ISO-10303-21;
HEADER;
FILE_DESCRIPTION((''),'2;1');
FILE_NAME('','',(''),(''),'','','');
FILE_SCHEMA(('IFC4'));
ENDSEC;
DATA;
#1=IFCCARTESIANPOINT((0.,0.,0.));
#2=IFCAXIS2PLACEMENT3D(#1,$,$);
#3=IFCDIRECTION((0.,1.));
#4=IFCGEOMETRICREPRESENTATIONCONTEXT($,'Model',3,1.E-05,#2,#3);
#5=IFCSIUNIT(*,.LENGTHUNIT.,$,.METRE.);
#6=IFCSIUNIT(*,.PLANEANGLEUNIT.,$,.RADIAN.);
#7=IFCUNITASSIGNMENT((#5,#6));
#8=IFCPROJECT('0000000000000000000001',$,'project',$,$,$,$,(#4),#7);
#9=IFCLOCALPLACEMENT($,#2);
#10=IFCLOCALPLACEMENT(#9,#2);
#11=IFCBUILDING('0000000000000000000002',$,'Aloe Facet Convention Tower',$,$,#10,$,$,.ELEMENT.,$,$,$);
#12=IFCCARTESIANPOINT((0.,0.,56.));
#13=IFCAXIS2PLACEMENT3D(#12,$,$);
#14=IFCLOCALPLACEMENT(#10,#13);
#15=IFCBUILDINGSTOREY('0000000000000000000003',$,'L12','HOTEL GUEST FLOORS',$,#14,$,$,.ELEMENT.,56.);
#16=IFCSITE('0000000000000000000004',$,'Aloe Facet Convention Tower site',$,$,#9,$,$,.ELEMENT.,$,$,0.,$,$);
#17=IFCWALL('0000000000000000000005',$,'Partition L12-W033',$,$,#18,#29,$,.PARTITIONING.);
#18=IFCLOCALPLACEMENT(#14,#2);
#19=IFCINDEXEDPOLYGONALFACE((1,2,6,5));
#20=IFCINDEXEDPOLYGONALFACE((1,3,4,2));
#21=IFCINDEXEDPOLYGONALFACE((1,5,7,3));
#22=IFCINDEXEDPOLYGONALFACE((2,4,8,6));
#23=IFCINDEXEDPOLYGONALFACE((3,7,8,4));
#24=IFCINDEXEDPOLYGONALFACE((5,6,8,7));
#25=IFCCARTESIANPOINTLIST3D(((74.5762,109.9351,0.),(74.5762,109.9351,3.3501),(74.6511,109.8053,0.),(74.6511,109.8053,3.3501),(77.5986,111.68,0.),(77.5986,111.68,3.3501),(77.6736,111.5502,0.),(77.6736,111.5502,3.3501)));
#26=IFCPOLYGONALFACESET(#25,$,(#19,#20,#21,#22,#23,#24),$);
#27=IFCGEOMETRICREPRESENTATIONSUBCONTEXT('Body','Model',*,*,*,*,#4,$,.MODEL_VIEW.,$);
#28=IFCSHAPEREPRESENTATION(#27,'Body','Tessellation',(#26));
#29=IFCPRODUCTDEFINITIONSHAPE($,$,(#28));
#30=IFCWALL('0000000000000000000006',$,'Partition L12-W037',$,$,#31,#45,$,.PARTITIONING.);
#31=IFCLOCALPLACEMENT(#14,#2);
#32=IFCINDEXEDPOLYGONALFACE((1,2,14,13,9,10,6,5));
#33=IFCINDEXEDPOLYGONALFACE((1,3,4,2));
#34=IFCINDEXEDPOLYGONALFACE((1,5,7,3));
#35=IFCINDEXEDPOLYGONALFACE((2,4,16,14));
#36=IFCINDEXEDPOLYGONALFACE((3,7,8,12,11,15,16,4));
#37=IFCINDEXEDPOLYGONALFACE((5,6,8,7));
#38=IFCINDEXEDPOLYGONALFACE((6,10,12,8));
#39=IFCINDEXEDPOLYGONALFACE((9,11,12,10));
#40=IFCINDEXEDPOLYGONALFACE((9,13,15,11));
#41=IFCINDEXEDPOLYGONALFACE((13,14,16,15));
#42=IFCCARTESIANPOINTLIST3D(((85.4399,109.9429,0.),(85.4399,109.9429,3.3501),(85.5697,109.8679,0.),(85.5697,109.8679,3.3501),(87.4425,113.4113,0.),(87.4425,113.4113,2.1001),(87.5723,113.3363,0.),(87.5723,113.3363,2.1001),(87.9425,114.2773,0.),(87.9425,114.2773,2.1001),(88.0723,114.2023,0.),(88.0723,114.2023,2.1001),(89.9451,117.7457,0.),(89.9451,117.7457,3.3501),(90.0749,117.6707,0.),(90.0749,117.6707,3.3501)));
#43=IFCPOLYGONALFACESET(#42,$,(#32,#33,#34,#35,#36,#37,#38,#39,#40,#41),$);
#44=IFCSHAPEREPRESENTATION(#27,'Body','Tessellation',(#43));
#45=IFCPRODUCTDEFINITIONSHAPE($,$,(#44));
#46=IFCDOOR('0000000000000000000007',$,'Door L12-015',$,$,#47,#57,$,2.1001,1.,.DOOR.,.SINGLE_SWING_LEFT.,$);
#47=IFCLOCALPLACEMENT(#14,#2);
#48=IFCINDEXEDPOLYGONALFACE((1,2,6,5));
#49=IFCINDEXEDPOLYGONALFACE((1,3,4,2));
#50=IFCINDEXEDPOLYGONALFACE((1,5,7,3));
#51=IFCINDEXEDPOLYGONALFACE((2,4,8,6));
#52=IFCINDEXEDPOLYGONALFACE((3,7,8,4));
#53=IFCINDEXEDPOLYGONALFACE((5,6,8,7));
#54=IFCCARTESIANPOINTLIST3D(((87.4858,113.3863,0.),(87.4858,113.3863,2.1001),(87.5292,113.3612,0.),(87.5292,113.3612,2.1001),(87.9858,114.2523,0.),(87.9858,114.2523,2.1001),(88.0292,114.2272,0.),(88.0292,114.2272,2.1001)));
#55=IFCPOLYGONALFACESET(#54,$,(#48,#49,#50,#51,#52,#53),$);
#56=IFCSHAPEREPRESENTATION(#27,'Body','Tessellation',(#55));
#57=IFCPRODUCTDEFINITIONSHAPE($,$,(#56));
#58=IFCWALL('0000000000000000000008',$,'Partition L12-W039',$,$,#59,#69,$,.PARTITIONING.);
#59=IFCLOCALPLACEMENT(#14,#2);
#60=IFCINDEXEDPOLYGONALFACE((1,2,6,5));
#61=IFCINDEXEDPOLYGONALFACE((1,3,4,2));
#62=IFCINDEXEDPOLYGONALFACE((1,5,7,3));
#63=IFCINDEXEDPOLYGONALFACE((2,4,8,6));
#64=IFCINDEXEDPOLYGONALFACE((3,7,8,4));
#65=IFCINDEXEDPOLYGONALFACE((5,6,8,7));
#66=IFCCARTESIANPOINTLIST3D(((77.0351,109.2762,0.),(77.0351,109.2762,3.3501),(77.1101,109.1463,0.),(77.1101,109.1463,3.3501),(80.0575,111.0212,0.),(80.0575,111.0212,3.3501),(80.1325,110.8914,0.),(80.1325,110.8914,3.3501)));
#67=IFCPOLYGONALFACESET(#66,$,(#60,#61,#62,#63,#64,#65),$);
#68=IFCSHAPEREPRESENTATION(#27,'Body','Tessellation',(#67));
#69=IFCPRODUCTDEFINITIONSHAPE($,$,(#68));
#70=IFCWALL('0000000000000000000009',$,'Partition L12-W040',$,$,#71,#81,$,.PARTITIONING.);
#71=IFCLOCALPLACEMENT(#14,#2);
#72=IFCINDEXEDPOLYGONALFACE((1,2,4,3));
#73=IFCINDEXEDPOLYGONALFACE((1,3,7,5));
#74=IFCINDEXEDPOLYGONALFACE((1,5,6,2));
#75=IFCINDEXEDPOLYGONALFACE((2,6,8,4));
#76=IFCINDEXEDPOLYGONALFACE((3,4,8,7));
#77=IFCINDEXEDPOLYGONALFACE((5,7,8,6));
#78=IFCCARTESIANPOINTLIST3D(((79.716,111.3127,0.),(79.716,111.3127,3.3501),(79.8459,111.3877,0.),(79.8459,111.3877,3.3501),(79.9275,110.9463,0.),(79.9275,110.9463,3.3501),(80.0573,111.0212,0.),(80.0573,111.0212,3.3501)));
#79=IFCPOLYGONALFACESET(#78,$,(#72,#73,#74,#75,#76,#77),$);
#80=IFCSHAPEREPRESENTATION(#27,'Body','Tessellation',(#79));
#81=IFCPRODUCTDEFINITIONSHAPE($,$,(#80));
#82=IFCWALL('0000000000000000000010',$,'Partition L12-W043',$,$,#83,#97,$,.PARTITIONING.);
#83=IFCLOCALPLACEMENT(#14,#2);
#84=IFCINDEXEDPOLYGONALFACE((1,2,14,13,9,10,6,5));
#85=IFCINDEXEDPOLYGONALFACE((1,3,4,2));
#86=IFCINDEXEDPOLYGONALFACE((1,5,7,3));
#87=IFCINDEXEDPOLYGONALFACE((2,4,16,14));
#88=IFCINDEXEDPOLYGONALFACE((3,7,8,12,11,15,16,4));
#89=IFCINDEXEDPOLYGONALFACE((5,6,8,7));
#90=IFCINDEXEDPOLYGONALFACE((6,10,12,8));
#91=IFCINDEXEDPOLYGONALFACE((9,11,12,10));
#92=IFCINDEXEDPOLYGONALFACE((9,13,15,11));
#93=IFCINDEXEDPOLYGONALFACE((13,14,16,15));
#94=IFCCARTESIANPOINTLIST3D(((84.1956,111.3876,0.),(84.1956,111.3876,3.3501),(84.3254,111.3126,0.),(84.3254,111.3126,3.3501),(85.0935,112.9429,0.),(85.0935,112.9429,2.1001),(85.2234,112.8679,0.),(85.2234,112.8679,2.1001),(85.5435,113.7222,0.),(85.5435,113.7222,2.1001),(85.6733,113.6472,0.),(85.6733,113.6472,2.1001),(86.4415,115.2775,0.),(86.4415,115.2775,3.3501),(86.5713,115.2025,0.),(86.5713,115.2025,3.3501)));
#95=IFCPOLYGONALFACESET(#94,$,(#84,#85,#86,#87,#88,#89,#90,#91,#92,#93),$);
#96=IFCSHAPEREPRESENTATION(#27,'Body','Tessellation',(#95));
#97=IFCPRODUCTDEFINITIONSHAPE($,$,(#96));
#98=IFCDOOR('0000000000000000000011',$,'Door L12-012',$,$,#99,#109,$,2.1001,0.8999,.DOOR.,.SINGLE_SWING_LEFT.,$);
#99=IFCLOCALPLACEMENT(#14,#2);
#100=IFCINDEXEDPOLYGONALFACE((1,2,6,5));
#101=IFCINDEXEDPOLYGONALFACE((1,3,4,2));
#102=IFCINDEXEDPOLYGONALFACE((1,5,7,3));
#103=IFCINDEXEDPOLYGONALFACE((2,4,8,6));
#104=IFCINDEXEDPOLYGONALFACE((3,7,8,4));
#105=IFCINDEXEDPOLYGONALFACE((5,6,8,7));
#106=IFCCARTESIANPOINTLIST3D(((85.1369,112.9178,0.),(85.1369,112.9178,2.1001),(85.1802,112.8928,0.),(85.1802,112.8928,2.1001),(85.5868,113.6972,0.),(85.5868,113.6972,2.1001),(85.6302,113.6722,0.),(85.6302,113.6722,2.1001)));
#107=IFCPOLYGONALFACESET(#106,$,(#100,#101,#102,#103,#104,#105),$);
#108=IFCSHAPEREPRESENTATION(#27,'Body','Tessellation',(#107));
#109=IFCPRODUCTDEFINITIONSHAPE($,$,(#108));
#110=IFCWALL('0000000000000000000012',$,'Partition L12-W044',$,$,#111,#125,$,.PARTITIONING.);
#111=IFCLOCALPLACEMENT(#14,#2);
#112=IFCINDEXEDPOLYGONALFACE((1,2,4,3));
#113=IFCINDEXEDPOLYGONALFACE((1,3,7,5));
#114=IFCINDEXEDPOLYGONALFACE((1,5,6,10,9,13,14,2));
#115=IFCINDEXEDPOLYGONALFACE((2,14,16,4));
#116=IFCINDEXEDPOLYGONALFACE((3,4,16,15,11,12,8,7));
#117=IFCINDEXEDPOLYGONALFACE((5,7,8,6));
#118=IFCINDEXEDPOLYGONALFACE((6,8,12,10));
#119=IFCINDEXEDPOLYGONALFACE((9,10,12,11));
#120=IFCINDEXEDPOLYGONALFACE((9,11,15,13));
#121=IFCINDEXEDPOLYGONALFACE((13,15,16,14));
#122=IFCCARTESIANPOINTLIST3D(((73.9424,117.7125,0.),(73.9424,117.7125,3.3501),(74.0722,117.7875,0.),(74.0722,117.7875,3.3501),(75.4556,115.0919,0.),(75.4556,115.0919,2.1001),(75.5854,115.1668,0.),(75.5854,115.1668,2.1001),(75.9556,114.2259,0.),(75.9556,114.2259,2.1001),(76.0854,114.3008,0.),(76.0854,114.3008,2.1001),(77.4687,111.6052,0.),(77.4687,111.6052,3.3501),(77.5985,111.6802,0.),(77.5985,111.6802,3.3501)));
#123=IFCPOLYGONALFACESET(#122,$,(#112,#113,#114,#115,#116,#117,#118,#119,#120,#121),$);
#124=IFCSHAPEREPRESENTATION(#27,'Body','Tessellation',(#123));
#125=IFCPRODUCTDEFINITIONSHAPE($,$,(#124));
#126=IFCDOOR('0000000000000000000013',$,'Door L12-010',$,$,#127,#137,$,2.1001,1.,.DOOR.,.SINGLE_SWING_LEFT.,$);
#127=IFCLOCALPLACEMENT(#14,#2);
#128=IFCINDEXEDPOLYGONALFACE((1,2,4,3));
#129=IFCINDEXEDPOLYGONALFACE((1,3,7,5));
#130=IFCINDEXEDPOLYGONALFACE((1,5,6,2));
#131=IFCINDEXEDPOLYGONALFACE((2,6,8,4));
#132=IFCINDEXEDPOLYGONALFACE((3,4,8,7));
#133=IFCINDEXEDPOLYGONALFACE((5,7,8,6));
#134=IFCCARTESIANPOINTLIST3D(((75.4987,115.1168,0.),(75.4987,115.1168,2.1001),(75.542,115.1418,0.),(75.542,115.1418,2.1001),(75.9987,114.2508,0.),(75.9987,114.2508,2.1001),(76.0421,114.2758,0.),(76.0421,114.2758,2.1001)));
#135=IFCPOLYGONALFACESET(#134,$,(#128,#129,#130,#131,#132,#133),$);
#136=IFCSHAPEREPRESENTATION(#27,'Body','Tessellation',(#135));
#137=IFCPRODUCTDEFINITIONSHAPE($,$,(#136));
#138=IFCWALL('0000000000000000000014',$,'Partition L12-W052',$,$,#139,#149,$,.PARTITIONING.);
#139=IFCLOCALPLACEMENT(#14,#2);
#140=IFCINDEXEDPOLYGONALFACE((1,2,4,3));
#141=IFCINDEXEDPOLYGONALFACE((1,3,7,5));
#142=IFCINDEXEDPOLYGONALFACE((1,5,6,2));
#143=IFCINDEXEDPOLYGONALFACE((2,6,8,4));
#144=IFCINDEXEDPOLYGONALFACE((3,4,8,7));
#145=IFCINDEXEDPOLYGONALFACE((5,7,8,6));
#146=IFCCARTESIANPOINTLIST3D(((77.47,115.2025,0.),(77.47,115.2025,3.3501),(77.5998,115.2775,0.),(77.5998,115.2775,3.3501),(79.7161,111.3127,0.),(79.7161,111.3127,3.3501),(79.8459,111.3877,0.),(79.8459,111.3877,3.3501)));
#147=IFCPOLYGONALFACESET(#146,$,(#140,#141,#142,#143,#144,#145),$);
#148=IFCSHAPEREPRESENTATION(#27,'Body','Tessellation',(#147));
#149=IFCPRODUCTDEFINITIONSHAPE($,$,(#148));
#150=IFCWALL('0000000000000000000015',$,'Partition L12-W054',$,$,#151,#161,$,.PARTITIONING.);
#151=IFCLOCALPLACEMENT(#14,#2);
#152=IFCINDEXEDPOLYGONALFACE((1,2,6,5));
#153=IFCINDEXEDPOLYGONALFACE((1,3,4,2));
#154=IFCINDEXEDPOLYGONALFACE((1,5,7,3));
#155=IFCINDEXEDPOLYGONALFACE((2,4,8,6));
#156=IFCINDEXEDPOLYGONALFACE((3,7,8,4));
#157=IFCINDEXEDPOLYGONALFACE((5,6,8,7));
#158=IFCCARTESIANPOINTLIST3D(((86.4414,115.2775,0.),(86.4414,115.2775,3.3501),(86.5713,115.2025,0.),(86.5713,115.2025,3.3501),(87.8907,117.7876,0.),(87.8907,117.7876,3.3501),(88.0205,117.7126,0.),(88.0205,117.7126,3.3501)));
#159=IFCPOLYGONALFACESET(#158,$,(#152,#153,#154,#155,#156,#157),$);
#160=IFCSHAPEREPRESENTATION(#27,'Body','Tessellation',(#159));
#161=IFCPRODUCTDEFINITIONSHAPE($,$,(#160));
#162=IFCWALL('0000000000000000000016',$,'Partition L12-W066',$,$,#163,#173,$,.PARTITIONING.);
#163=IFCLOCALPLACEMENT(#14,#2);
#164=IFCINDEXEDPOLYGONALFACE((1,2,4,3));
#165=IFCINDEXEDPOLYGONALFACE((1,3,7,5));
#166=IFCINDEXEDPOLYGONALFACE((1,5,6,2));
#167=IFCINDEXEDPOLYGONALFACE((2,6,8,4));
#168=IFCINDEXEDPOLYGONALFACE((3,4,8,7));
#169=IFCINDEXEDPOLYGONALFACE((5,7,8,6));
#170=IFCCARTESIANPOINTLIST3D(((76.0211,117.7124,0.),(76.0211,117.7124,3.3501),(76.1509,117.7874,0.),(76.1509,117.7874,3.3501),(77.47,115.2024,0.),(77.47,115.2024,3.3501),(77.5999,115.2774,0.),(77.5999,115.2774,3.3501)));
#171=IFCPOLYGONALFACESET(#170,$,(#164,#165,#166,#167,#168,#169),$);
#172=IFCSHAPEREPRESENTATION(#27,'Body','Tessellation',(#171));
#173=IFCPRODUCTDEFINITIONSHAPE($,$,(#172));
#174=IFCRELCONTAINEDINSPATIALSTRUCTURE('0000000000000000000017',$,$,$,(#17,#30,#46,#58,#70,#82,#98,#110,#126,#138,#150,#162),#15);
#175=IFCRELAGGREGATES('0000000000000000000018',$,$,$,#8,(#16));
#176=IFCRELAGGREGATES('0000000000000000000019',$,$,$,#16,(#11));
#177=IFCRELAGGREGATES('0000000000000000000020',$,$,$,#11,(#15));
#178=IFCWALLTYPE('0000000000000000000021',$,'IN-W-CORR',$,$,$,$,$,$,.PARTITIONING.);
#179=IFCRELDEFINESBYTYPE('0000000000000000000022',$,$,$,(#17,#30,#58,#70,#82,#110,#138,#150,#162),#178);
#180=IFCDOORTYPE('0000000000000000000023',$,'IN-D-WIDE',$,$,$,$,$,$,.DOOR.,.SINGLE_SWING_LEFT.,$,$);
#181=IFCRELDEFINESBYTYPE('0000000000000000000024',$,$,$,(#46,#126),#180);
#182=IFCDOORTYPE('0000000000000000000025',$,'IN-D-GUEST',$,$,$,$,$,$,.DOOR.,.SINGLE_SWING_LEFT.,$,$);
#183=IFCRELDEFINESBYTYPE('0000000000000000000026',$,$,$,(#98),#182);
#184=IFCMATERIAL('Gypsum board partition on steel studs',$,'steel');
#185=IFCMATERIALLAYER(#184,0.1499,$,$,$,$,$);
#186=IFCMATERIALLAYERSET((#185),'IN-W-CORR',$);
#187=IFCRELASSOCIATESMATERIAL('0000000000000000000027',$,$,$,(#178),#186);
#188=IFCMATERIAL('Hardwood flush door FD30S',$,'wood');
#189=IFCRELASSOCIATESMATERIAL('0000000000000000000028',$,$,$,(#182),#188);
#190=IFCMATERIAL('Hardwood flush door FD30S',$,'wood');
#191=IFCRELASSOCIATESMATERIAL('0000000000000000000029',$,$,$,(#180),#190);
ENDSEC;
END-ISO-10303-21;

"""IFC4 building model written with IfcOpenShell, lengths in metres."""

from ifc_helpers import new_model, si_unit, direction, frame, frame_2d, origin, place, context, subcontext, project, spatial, rectangle, extrude, material, layer, layer_set, type_object, element, fill, save


model = new_model("IFC4")

# Units and contexts
model_context = context("Model", 3, precision=1e-05, world=origin(), true_north=direction((0.0, 1.0)))
body_context = subcontext(model_context, "Body", "Model", "MODEL_VIEW")
ifc_project = project(units=[si_unit("LENGTHUNIT", "METRE"), si_unit("PLANEANGLEUNIT", "RADIAN")], contexts=[model_context])

# Site, building, storey
site_placement = place(None, origin())
site = spatial("IfcSite", under=ifc_project, at=site_placement, Name="Aloe Facet Convention Tower site", CompositionType="ELEMENT", RefElevation=0.0)
building_placement = place(site_placement, origin())
building = spatial("IfcBuilding", under=site, at=building_placement, Name="Aloe Facet Convention Tower", CompositionType="ELEMENT")
storey_placement = place(building_placement, frame((0.0, 0.0, 56.0)))
storey = spatial("IfcBuildingStorey", under=building, at=storey_placement, Name="L12", Description="HOTEL GUEST FLOORS", CompositionType="ELEMENT", Elevation=56.0)

# Shared definitions
ifc_material_1 = material(Name="Gypsum board partition on steel studs", Category="steel")
ifc_layer_1 = layer(ifc_material_1, 0.1499)
ifc_layer_set_1 = layer_set([ifc_layer_1], Name="IN-W-CORR")
wall_type_1 = type_object("IfcWallType", Name="IN-W-CORR", PredefinedType="PARTITIONING", material=ifc_layer_set_1)
ifc_material_2 = material(Name="Hardwood flush door FD30S", Category="wood")
door_type_1 = type_object("IfcDoorType", Name="IN-D-GUEST", OperationType="SINGLE_SWING_LEFT", PredefinedType="DOOR", material=ifc_material_2)

# Wall
wall_1_placement = place(storey_placement, frame((74.6135, 109.8701, 0.0), z_axis=(0.0, 0.0, 1.0), x_axis=(0.866043, 0.499969, 0.0)))
element("IfcWall", 1, at=wall_1_placement, inside=storey, type_object=wall_type_1, Name="Partition L12-W033", PredefinedType="PARTITIONING", context=body_context, shape_type="SweptSolid", body=[
    extrude(rectangle(XDim=3.49, YDim=0.1499, at=frame_2d((1.7451, 0.0))), origin(), (0.0, 0.0, 1.0), 3.3501),
])

# Wall, opening, door
wall_2_placement = place(storey_placement, frame((85.5049, 109.9055, 0.0), z_axis=(0.0, 0.0, 1.0), x_axis=(0.500018, 0.866015, 0.0)))
wall_2 = element("IfcWall", 2, at=wall_2_placement, inside=storey, type_object=wall_type_1, Name="Partition L12-W037", PredefinedType="PARTITIONING", context=body_context, shape_type="SweptSolid", body=[
    extrude(rectangle(XDim=9.01, YDim=0.1499, at=frame_2d((4.5049, 0.0))), origin(), (0.0, 0.0, 1.0), 3.3501),
])
opening_1_placement = place(wall_2_placement, frame((4.0049, 0.0, 0.0)))
opening_1 = element("IfcOpeningElement", 3, at=opening_1_placement, cuts=wall_2, PredefinedType="OPENING", context=body_context, shape_type="SweptSolid", body=[
    extrude(rectangle(XDim=1.0, YDim=2.1001, at=frame_2d((0.5, 1.05))), frame((0.0, 0.085, 0.0), z_axis=(0.0, -1.0, 0.0), x_axis=(1.0, 0.0, 0.0)), (0.0, 0.0, 1.0), 0.1699),
])
ifc_material_3 = material(Name="Hardwood flush door FD30S", Category="wood")
door_type_2 = type_object("IfcDoorType", Name="IN-D-WIDE", OperationType="SINGLE_SWING_LEFT", PredefinedType="DOOR", material=ifc_material_3)
door_1_placement = place(opening_1_placement, origin())
door_1 = element("IfcDoor", 4, at=door_1_placement, inside=storey, type_object=door_type_2, Name="Door L12-015", OperationType="SINGLE_SWING_LEFT", OverallHeight=2.1001, OverallWidth=1.0, PredefinedType="DOOR", context=body_context, shape_type="SweptSolid", body=[
    extrude(rectangle(XDim=1.0, YDim=2.1001, at=frame_2d((0.5, 1.05))), frame((0.0, 0.0249, 0.0), z_axis=(0.0, -1.0, 0.0), x_axis=(1.0, 0.0, 0.0)), (0.0, 0.0, 1.0), 0.05),
])
fill(opening_1, door_1)

# Walls
wall_3_placement = place(storey_placement, frame((77.0725, 109.2112, 0.0), z_axis=(0.0, 0.0, 1.0), x_axis=(0.866013, 0.500021, 0.0)))
element("IfcWall", 5, at=wall_3_placement, inside=storey, type_object=wall_type_1, Name="Partition L12-W039", PredefinedType="PARTITIONING", context=body_context, shape_type="SweptSolid", body=[
    extrude(rectangle(XDim=3.49, YDim=0.1499, at=frame_2d((1.7451, 0.0))), origin(), (0.0, 0.0, 1.0), 3.3501),
])
wall_4_placement = place(storey_placement, frame((79.781, 111.3501, 0.0), z_axis=(0.0, 0.0, 1.0), x_axis=(0.499739, -0.866176, 0.0)))
element("IfcWall", 6, at=wall_4_placement, inside=storey, type_object=wall_type_1, Name="Partition L12-W040", PredefinedType="PARTITIONING", context=body_context, shape_type="SweptSolid", body=[
    extrude(rectangle(XDim=0.4231, YDim=0.1499, at=frame_2d((0.2114, 0.0))), origin(), (0.0, 0.0, 1.0), 3.3501),
])

# Walls, openings, doors
wall_5_placement = place(storey_placement, frame((84.2605, 111.3501, 0.0), z_axis=(0.0, 0.0, 1.0), x_axis=(0.500003, 0.866024, 0.0)))
wall_5 = element("IfcWall", 7, at=wall_5_placement, inside=storey, type_object=wall_type_1, Name="Partition L12-W043", PredefinedType="PARTITIONING", context=body_context, shape_type="SweptSolid", body=[
    extrude(rectangle(XDim=4.4917, YDim=0.1499, at=frame_2d((2.2458, 0.0))), origin(), (0.0, 0.0, 1.0), 3.3501),
])
opening_2_placement = place(wall_5_placement, frame((1.7959, 0.0, 0.0)))
opening_2 = element("IfcOpeningElement", 8, at=opening_2_placement, cuts=wall_5, PredefinedType="OPENING", context=body_context, shape_type="SweptSolid", body=[
    extrude(rectangle(XDim=0.8999, YDim=2.1001, at=frame_2d((0.45, 1.05))), frame((0.0, 0.085, 0.0), z_axis=(0.0, -1.0, 0.0), x_axis=(1.0, 0.0, 0.0)), (0.0, 0.0, 1.0), 0.1699),
])
door_2_placement = place(opening_2_placement, origin())
door_2 = element("IfcDoor", 9, at=door_2_placement, inside=storey, type_object=door_type_1, Name="Door L12-012", OperationType="SINGLE_SWING_LEFT", OverallHeight=2.1001, OverallWidth=0.8999, PredefinedType="DOOR", context=body_context, shape_type="SweptSolid", body=[
    extrude(rectangle(XDim=0.8999, YDim=2.1001, at=frame_2d((0.45, 1.05))), frame((0.0, 0.0249, 0.0), z_axis=(0.0, -1.0, 0.0), x_axis=(1.0, 0.0, 0.0)), (0.0, 0.0, 1.0), 0.05),
])
fill(opening_2, door_2)
wall_6_placement = place(storey_placement, frame((74.0073, 117.75, 0.0), z_axis=(0.0, 0.0, 1.0), x_axis=(0.500026, -0.86601, 0.0)))
wall_6 = element("IfcWall", 10, at=wall_6_placement, inside=storey, type_object=wall_type_1, Name="Partition L12-W044", PredefinedType="PARTITIONING", context=body_context, shape_type="SweptSolid", body=[
    extrude(rectangle(XDim=7.0522, YDim=0.1499, at=frame_2d((3.5261, 0.0))), origin(), (0.0, 0.0, 1.0), 3.3501),
])
opening_3_placement = place(wall_6_placement, frame((3.0261, 0.0, 0.0)))
opening_3 = element("IfcOpeningElement", 11, at=opening_3_placement, cuts=wall_6, PredefinedType="OPENING", context=body_context, shape_type="SweptSolid", body=[
    extrude(rectangle(XDim=1.0, YDim=2.1001, at=frame_2d((0.5, 1.05))), frame((0.0, 0.085, 0.0), z_axis=(0.0, -1.0, 0.0), x_axis=(1.0, 0.0, 0.0)), (0.0, 0.0, 1.0), 0.1699),
])
door_3_placement = place(opening_3_placement, origin())
door_3 = element("IfcDoor", 12, at=door_3_placement, inside=storey, type_object=door_type_2, Name="Door L12-010", OperationType="SINGLE_SWING_LEFT", OverallHeight=2.1001, OverallWidth=1.0, PredefinedType="DOOR", context=body_context, shape_type="SweptSolid", body=[
    extrude(rectangle(XDim=1.0, YDim=2.1001, at=frame_2d((0.5, 1.05))), frame((0.0, 0.0249, 0.0), z_axis=(0.0, -1.0, 0.0), x_axis=(1.0, 0.0, 0.0)), (0.0, 0.0, 1.0), 0.05),
])
fill(opening_3, door_3)

# Walls
wall_7_placement = place(storey_placement, frame((77.5349, 115.24, 0.0), z_axis=(0.0, 0.0, 1.0), x_axis=(0.500044, -0.866, 0.0)))
element("IfcWall", 13, at=wall_7_placement, inside=storey, type_object=wall_type_1, Name="Partition L12-W052", PredefinedType="PARTITIONING", context=body_context, shape_type="SweptSolid", body=[
    extrude(rectangle(XDim=4.4917, YDim=0.1499, at=frame_2d((2.2458, 0.0))), origin(), (0.0, 0.0, 1.0), 3.3501),
])
wall_8_placement = place(storey_placement, frame((86.5063, 115.24, 0.0), z_axis=(0.0, 0.0, 1.0), x_axis=(0.500017, 0.866016, 0.0)))
element("IfcWall", 14, at=wall_8_placement, inside=storey, type_object=wall_type_1, Name="Partition L12-W054", PredefinedType="PARTITIONING", context=body_context, shape_type="SweptSolid", body=[
    extrude(rectangle(XDim=2.8984, YDim=0.1499, at=frame_2d((1.4492, 0.0))), origin(), (0.0, 0.0, 1.0), 3.3501),
])
wall_9_placement = place(storey_placement, frame((76.0859, 117.75, 0.0), z_axis=(0.0, 0.0, 1.0), x_axis=(0.499953, -0.866052, 0.0)))
element("IfcWall", 15, at=wall_9_placement, inside=storey, type_object=wall_type_1, Name="Partition L12-W066", PredefinedType="PARTITIONING", context=body_context, shape_type="SweptSolid", body=[
    extrude(rectangle(XDim=2.8982, YDim=0.1499, at=frame_2d((1.4492, 0.0))), origin(), (0.0, 0.0, 1.0), 3.3501),
])

save(model, "model.ifc")
